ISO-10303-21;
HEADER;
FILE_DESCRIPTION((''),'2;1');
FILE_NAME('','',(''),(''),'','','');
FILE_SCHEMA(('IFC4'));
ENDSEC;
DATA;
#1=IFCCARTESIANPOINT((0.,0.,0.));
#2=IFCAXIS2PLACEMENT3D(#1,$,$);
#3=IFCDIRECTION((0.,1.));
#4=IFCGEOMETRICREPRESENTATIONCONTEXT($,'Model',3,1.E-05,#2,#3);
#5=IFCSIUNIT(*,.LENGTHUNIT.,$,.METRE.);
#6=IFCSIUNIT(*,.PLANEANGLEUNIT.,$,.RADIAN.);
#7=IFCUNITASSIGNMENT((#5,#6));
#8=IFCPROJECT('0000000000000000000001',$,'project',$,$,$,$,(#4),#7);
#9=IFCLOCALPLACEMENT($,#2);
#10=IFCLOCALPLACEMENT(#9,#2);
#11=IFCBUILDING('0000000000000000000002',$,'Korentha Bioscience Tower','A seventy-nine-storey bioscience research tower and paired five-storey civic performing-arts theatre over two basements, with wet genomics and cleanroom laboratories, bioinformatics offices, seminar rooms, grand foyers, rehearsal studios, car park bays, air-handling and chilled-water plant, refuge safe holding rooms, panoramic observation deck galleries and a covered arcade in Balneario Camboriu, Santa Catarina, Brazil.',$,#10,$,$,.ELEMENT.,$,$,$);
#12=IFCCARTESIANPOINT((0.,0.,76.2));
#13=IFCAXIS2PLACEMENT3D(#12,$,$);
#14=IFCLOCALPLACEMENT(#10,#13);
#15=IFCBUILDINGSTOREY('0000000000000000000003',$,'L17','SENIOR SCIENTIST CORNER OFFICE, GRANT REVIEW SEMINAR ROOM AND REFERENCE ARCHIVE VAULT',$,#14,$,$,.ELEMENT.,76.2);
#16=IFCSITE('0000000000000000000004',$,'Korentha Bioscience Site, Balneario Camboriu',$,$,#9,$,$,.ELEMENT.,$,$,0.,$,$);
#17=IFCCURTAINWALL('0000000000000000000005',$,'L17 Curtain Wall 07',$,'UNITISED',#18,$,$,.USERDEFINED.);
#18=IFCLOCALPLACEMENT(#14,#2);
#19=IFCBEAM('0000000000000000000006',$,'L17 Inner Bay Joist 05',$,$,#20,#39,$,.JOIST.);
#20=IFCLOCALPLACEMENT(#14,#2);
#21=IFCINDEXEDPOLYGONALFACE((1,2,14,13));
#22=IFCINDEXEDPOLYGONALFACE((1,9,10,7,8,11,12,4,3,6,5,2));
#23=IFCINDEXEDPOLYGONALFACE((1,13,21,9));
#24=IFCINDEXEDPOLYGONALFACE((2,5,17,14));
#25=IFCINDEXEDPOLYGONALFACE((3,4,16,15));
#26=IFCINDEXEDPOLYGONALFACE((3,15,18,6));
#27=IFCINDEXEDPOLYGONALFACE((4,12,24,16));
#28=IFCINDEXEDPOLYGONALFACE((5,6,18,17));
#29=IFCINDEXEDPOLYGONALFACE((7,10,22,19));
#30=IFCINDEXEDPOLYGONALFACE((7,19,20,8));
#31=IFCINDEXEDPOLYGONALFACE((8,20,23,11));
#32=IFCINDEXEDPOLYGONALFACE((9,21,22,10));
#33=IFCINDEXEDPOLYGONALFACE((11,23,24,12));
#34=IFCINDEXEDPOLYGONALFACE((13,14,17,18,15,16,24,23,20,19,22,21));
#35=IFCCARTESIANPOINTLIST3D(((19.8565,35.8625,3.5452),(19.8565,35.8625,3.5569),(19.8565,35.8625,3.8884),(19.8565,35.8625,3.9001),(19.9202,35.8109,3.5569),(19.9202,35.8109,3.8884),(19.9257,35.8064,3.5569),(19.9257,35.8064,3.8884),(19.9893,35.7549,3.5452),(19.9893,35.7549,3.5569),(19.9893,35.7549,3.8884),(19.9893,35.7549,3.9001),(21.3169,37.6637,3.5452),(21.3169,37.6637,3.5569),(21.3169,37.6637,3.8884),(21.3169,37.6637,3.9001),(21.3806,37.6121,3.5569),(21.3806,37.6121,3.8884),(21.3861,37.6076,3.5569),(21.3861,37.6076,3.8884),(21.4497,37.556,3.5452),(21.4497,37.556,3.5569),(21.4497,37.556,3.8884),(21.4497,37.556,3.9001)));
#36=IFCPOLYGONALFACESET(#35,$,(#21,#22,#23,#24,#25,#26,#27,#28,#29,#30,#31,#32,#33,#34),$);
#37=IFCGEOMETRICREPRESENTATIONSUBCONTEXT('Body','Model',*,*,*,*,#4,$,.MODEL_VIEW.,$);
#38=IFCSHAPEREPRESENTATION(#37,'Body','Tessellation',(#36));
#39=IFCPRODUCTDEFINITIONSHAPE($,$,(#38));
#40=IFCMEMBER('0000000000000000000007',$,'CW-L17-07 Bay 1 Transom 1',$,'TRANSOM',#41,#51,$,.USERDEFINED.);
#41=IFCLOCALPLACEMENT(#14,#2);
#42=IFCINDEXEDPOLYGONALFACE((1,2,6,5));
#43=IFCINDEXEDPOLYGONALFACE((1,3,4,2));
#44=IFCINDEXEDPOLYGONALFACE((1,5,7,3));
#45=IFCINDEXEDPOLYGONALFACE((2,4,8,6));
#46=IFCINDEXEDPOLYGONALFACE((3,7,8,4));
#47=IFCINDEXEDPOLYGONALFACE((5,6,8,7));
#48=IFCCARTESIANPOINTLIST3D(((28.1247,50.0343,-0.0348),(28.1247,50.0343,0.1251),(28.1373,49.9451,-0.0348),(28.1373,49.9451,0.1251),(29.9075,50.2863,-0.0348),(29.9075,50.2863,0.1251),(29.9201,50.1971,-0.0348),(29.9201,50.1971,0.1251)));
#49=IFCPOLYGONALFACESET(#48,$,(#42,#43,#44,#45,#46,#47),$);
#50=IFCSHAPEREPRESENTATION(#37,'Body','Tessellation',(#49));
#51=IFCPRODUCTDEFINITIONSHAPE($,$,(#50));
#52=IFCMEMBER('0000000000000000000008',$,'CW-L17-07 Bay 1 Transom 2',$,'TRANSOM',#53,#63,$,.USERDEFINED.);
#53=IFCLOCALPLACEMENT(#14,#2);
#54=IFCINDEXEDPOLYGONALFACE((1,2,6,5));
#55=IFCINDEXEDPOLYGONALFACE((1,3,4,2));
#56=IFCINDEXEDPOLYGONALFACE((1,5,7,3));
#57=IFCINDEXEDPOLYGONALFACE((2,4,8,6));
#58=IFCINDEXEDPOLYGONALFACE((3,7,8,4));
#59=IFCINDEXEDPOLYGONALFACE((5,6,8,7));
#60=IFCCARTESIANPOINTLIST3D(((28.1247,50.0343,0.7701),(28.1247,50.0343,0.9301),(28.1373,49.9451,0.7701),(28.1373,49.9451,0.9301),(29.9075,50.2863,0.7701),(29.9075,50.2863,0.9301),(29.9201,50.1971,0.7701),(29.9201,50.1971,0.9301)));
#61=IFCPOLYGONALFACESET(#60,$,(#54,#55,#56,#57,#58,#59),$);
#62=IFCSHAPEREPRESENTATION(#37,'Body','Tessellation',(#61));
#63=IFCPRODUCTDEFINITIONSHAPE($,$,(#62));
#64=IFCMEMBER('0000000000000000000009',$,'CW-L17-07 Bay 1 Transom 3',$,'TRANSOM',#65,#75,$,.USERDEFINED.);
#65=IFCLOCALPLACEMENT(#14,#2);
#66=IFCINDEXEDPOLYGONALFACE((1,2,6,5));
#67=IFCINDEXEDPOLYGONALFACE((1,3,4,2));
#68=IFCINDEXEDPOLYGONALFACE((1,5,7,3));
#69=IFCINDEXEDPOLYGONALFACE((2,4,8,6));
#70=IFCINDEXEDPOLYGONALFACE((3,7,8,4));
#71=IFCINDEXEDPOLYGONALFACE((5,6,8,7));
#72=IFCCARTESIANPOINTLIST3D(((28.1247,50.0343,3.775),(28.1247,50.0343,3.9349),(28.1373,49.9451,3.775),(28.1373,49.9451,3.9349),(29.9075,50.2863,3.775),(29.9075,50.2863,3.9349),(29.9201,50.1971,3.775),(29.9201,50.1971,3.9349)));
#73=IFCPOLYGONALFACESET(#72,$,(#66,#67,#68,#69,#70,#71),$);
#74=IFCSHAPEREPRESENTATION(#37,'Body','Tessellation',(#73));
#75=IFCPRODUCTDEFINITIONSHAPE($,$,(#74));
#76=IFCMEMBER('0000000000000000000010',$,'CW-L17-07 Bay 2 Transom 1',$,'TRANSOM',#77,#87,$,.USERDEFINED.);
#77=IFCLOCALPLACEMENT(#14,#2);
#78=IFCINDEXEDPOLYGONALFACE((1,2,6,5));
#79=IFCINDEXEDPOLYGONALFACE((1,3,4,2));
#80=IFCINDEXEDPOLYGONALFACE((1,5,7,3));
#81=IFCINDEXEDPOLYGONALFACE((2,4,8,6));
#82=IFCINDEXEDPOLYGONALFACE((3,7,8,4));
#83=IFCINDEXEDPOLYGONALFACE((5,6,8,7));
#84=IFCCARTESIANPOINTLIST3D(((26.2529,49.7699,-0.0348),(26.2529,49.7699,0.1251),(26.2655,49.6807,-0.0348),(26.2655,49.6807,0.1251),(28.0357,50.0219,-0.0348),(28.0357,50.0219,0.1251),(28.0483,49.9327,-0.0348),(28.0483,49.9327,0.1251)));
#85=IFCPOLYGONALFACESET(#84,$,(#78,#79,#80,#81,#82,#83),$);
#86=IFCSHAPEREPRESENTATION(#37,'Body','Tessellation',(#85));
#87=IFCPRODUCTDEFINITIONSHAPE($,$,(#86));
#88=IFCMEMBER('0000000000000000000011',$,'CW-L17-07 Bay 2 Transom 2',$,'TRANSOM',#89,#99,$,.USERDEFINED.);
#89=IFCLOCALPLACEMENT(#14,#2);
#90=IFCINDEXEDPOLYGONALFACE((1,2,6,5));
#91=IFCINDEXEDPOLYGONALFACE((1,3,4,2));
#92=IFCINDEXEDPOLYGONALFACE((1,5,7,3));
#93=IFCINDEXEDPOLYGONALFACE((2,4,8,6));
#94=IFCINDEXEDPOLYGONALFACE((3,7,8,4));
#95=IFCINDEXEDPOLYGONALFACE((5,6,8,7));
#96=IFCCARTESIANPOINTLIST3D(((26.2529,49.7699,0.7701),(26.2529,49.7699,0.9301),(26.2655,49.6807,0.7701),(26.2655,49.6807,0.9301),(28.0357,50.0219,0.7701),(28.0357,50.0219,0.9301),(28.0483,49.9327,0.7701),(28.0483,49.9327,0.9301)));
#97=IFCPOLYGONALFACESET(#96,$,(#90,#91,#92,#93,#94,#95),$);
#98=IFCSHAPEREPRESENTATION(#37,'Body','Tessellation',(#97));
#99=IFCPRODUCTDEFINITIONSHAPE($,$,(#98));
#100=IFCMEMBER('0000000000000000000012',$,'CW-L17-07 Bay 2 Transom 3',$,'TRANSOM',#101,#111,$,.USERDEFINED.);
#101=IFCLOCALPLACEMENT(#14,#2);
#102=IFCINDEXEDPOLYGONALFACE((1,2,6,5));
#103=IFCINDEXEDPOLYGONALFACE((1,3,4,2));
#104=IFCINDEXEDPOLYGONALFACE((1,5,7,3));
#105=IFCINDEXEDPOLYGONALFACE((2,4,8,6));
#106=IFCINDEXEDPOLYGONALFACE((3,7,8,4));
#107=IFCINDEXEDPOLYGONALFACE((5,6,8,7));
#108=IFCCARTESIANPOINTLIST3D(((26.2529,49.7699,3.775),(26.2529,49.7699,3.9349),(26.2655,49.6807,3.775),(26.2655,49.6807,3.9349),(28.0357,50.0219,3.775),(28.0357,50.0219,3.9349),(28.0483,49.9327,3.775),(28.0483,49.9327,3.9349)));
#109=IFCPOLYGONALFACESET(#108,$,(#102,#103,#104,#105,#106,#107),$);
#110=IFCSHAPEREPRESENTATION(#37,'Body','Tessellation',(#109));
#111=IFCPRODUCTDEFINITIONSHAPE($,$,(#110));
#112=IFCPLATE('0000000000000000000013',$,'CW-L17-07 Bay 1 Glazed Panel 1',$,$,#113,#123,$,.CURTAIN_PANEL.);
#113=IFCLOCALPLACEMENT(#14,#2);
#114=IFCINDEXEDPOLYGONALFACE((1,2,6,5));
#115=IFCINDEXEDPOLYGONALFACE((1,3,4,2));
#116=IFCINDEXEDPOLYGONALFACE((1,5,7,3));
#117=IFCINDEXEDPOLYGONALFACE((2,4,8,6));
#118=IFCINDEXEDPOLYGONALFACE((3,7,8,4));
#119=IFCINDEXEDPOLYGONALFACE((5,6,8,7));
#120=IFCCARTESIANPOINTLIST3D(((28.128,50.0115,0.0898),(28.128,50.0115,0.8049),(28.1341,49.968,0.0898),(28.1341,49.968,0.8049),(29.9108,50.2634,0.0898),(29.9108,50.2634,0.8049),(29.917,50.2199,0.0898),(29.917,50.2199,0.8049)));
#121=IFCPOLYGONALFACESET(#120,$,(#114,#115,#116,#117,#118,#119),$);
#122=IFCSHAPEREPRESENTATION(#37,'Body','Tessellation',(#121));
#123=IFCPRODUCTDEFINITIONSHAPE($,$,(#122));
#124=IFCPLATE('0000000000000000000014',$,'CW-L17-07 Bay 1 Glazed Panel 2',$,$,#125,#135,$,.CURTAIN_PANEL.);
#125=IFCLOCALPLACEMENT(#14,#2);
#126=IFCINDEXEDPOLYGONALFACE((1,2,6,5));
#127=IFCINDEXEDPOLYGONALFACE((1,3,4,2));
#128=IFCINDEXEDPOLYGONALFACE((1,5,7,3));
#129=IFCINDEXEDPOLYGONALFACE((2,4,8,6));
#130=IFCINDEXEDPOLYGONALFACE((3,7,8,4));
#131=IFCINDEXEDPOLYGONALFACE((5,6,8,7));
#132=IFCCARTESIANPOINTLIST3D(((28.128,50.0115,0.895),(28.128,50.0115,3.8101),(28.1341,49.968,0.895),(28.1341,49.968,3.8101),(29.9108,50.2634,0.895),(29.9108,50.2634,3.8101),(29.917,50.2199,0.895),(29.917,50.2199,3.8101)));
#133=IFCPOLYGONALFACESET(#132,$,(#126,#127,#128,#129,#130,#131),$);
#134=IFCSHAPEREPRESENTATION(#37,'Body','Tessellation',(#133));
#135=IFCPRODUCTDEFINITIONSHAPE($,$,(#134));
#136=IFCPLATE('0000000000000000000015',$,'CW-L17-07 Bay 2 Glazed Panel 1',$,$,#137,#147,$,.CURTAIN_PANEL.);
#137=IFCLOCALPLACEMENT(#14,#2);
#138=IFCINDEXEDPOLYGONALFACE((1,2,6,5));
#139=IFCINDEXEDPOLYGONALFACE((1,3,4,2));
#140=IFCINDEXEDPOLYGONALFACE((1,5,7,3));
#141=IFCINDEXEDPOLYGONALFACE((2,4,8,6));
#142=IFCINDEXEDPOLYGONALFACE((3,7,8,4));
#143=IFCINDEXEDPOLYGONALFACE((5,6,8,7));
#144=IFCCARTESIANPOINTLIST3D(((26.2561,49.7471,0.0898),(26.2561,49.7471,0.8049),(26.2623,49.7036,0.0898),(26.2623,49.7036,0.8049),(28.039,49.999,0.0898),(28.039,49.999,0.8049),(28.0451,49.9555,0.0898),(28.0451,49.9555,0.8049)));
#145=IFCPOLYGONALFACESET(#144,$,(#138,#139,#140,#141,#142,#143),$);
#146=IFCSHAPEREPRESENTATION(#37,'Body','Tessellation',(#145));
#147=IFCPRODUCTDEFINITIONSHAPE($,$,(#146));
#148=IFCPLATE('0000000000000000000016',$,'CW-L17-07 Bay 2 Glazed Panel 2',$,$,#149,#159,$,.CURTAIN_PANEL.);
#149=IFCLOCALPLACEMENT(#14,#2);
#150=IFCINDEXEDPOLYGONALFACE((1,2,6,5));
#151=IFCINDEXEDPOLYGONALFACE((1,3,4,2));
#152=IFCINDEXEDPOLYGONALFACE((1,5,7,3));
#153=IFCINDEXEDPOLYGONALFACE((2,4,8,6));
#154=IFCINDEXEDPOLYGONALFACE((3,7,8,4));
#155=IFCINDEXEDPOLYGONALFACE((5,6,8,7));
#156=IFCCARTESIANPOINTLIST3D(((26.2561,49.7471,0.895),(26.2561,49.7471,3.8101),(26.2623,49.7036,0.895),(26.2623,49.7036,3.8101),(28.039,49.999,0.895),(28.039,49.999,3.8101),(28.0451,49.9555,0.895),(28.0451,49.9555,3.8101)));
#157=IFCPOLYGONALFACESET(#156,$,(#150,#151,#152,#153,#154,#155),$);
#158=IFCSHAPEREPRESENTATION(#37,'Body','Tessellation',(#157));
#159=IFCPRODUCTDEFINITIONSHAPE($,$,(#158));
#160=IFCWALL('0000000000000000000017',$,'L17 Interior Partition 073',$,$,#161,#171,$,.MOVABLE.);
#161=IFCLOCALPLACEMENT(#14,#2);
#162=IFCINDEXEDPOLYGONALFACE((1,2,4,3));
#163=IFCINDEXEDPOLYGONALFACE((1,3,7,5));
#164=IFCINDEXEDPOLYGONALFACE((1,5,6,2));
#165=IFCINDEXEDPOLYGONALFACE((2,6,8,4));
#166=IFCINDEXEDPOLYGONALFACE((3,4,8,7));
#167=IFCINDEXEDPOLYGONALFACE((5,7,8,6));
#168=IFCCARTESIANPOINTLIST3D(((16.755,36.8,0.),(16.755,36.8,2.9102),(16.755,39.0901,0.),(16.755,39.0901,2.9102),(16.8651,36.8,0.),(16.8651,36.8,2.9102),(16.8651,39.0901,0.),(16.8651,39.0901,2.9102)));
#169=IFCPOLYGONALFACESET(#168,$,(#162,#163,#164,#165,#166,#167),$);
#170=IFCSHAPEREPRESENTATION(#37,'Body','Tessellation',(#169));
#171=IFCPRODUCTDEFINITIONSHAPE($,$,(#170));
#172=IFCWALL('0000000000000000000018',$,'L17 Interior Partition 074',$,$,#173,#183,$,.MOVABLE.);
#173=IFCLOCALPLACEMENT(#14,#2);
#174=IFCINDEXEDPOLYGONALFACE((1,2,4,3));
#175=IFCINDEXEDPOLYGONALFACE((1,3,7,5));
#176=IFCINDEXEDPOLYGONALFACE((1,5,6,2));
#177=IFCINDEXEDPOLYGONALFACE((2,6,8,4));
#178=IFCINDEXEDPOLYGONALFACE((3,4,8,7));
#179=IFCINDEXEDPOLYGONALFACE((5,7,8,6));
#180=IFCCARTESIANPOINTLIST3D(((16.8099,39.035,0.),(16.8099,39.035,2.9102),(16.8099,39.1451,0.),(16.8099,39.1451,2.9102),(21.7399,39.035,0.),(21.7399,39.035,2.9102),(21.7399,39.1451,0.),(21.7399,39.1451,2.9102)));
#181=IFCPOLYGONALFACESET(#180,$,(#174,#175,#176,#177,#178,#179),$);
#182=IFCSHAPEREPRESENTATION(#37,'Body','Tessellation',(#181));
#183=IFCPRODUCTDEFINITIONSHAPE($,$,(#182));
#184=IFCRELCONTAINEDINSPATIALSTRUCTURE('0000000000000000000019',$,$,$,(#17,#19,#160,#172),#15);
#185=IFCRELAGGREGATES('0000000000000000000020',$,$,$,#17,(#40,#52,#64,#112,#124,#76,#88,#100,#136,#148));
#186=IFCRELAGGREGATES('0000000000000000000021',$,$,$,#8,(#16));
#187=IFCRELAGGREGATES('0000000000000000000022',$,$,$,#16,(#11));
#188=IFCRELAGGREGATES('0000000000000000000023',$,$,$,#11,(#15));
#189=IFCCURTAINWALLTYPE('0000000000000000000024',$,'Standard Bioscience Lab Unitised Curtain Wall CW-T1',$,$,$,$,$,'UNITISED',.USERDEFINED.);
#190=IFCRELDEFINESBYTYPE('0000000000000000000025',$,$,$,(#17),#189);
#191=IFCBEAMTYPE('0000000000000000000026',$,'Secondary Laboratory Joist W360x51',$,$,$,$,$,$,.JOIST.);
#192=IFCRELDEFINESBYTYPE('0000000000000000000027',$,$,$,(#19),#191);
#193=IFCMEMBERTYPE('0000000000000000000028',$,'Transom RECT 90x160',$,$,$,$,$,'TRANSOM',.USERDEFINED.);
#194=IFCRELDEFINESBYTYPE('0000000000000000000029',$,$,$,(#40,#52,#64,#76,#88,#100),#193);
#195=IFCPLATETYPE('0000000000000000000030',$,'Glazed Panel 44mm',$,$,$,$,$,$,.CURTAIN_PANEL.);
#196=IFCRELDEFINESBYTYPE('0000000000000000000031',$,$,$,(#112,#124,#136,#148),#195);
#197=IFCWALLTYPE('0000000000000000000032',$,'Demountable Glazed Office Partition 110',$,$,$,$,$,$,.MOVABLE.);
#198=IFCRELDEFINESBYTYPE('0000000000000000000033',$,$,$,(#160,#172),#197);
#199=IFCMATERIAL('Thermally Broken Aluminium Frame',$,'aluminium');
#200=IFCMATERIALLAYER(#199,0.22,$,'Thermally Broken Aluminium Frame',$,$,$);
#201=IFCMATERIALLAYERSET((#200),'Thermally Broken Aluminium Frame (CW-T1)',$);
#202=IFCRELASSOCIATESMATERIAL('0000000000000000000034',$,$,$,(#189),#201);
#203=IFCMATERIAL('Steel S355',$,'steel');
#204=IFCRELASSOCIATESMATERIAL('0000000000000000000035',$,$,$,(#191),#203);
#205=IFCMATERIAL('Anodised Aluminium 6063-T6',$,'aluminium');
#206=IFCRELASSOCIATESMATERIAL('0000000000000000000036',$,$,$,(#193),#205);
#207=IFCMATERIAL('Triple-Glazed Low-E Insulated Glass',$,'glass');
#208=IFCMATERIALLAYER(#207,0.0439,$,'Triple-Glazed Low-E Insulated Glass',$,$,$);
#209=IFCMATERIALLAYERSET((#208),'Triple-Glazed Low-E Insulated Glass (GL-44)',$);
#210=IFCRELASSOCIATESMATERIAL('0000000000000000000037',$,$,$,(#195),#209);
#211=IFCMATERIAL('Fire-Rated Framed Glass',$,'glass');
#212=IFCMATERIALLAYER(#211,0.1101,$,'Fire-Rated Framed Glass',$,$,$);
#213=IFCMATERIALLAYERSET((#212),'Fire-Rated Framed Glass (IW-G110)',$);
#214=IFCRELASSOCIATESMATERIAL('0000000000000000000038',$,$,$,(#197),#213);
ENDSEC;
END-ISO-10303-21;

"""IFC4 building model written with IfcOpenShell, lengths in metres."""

from ifc_helpers import new_model, si_unit, direction, frame, frame_2d, origin, origin_2d, place, context, subcontext, project, spatial, rectangle, i_section, extrude, material, layer, layer_set, material_profile, profile_set, type_object, element, aggregate, save


model = new_model("IFC4")

# Units and contexts
model_context = context("Model", 3, precision=1e-05, world=origin(), true_north=direction((0.0, 1.0)))
body_context = subcontext(model_context, "Body", "Model", "MODEL_VIEW")
ifc_project = project(units=[si_unit("LENGTHUNIT", "METRE"), si_unit("PLANEANGLEUNIT", "RADIAN")], contexts=[model_context])

# Site, building, storey
site_placement = place(None, origin())
site = spatial("IfcSite", under=ifc_project, at=site_placement, Name="Korentha Bioscience Site, Balneario Camboriu", CompositionType="ELEMENT", RefElevation=0.0)
building_placement = place(site_placement, origin())
building = spatial("IfcBuilding", under=site, at=building_placement, Name="Korentha Bioscience Tower", Description="A seventy-nine-storey bioscience research tower and paired five-storey civic performing-arts theatre over two basements, with wet genomics and cleanroom laboratories, bioinformatics offices, seminar rooms, grand foyers, rehearsal studios, car park bays, air-handling and chilled-water plant, refuge safe holding rooms, panoramic observation deck galleries and a covered arcade in Balneario Camboriu, Santa Catarina, Brazil.", CompositionType="ELEMENT")
storey_placement = place(building_placement, frame((0.0, 0.0, 76.2)))
storey = spatial("IfcBuildingStorey", under=building, at=storey_placement, Name="L17", Description="SENIOR SCIENTIST CORNER OFFICE, GRANT REVIEW SEMINAR ROOM AND REFERENCE ARCHIVE VAULT", CompositionType="ELEMENT", Elevation=76.2)

# Shared definitions
ifc_material_1 = material(Name="Steel S355", Category="steel")

# Curtain wall
ifc_material_2 = material(Name="Thermally Broken Aluminium Frame", Category="aluminium")
ifc_layer_1 = layer(ifc_material_2, 0.22, Name="Thermally Broken Aluminium Frame")
ifc_layer_set_1 = layer_set([ifc_layer_1], Name="Thermally Broken Aluminium Frame (CW-T1)")
curtain_wall_type = type_object("IfcCurtainWallType", Name="Standard Bioscience Lab Unitised Curtain Wall CW-T1", ElementType="UNITISED", PredefinedType="USERDEFINED", material=ifc_layer_set_1)
curtain_wall_placement = place(storey_placement, origin())
curtain_wall = element("IfcCurtainWall", 1, at=curtain_wall_placement, inside=storey, type_object=curtain_wall_type, Name="L17 Curtain Wall 07", ObjectType="UNITISED", PredefinedType="USERDEFINED")
ifc_material_3 = material(Name="Anodised Aluminium 6063-T6", Category="aluminium")

# Beam
ifc_material_profile_1 = material_profile(ifc_material_1, i_section(OverallWidth=0.1709, OverallDepth=0.355, WebThickness=0.0071, FlangeThickness=0.0117, at=origin_2d()), Name="Steel S355")
ifc_profile_set_1 = profile_set([ifc_material_profile_1], Name="Steel S355 (JB-360)")
beam_type_1 = type_object("IfcBeamType", Name="Secondary Laboratory Joist W360x51", PredefinedType="JOIST", material=ifc_profile_set_1)
beam_1_placement = place(storey_placement, frame((21.3833, 37.6099, 3.7227), z_axis=(-0.629792, -0.776764, 0.0), x_axis=(0.776764, -0.629792, 0.0)))
element("IfcBeam", 2, at=beam_1_placement, inside=storey, type_object=beam_type_1, Name="L17 Inner Bay Joist 05", PredefinedType="JOIST", context=body_context, shape_type="SweptSolid", body=[
    extrude(i_section(OverallWidth=0.1709, OverallDepth=0.355, WebThickness=0.0071, FlangeThickness=0.0117, at=origin_2d()), origin(), (0.0, 0.0, 1.0), 2.3188),
])

# Members
ifc_material_profile_2 = material_profile(ifc_material_3, rectangle(XDim=0.0901, YDim=0.1599, at=origin_2d()), Name="Anodised Aluminium 6063-T6")
ifc_profile_set_2 = profile_set([ifc_material_profile_2], Name="Anodised Aluminium 6063-T6 (CW-TRN)")
member_type_1 = type_object("IfcMemberType", Name="Transom RECT 90x160", ElementType="TRANSOM", PredefinedType="USERDEFINED", material=ifc_profile_set_2)
member_1_placement = place(storey_placement, frame((29.9138, 50.2417, 0.0452), z_axis=(-0.99016, -0.13994, 0.0), x_axis=(0.13994, -0.99016, 0.0)))
member_1 = element("IfcMember", 3, at=member_1_placement, type_object=member_type_1, Name="CW-L17-07 Bay 1 Transom 1", ObjectType="TRANSOM", PredefinedType="USERDEFINED", context=body_context, shape_type="SweptSolid", body=[
    extrude(rectangle(XDim=0.0901, YDim=0.1599, at=origin_2d()), origin(), (0.0, 0.0, 1.0), 1.8005),
])
member_2_placement = place(storey_placement, frame((29.9138, 50.2417, 0.8501), z_axis=(-0.99016, -0.13994, 0.0), x_axis=(0.13994, -0.99016, 0.0)))
member_2 = element("IfcMember", 4, at=member_2_placement, type_object=member_type_1, Name="CW-L17-07 Bay 1 Transom 2", ObjectType="TRANSOM", PredefinedType="USERDEFINED", context=body_context, shape_type="SweptSolid", body=[
    extrude(rectangle(XDim=0.0901, YDim=0.1599, at=origin_2d()), origin(), (0.0, 0.0, 1.0), 1.8005),
])
member_3_placement = place(storey_placement, frame((29.9138, 50.2417, 3.855), z_axis=(-0.99016, -0.13994, 0.0), x_axis=(0.13994, -0.99016, 0.0)))
member_3 = element("IfcMember", 5, at=member_3_placement, type_object=member_type_1, Name="CW-L17-07 Bay 1 Transom 3", ObjectType="TRANSOM", PredefinedType="USERDEFINED", context=body_context, shape_type="SweptSolid", body=[
    extrude(rectangle(XDim=0.0901, YDim=0.1599, at=origin_2d()), origin(), (0.0, 0.0, 1.0), 1.8005),
])
member_4_placement = place(storey_placement, frame((28.042, 49.9773, 0.0452), z_axis=(-0.99016, -0.13994, 0.0), x_axis=(0.13994, -0.99016, 0.0)))
member_4 = element("IfcMember", 6, at=member_4_placement, type_object=member_type_1, Name="CW-L17-07 Bay 2 Transom 1", ObjectType="TRANSOM", PredefinedType="USERDEFINED", context=body_context, shape_type="SweptSolid", body=[
    extrude(rectangle(XDim=0.0901, YDim=0.1599, at=origin_2d()), origin(), (0.0, 0.0, 1.0), 1.8005),
])
member_5_placement = place(storey_placement, frame((28.042, 49.9773, 0.8501), z_axis=(-0.99016, -0.13994, 0.0), x_axis=(0.13994, -0.99016, 0.0)))
member_5 = element("IfcMember", 7, at=member_5_placement, type_object=member_type_1, Name="CW-L17-07 Bay 2 Transom 2", ObjectType="TRANSOM", PredefinedType="USERDEFINED", context=body_context, shape_type="SweptSolid", body=[
    extrude(rectangle(XDim=0.0901, YDim=0.1599, at=origin_2d()), origin(), (0.0, 0.0, 1.0), 1.8005),
])
member_6_placement = place(storey_placement, frame((28.042, 49.9773, 3.855), z_axis=(-0.99016, -0.13994, 0.0), x_axis=(0.13994, -0.99016, 0.0)))
member_6 = element("IfcMember", 8, at=member_6_placement, type_object=member_type_1, Name="CW-L17-07 Bay 2 Transom 3", ObjectType="TRANSOM", PredefinedType="USERDEFINED", context=body_context, shape_type="SweptSolid", body=[
    extrude(rectangle(XDim=0.0901, YDim=0.1599, at=origin_2d()), origin(), (0.0, 0.0, 1.0), 1.8005),
])

# Plates
ifc_material_4 = material(Name="Triple-Glazed Low-E Insulated Glass", Category="glass")
ifc_layer_2 = layer(ifc_material_4, 0.0439, Name="Triple-Glazed Low-E Insulated Glass")
ifc_layer_set_2 = layer_set([ifc_layer_2], Name="Triple-Glazed Low-E Insulated Glass (GL-44)")
plate_type = type_object("IfcPlateType", Name="Glazed Panel 44mm", PredefinedType="CURTAIN_PANEL", material=ifc_layer_set_2)
plate_1_placement = place(storey_placement, frame((29.0225, 50.1157, 0.0898), z_axis=(0.0, 0.0, 1.0), x_axis=(-0.990167, -0.139888, 0.0)))
plate_1 = element("IfcPlate", 9, at=plate_1_placement, type_object=plate_type, Name="CW-L17-07 Bay 1 Glazed Panel 1", PredefinedType="CURTAIN_PANEL", context=body_context, shape_type="SweptSolid", body=[
    extrude(rectangle(XDim=1.8005, YDim=0.0439, at=origin_2d()), origin(), (0.0, 0.0, 1.0), 0.7151),
])
plate_2_placement = place(storey_placement, frame((29.0225, 50.1157, 0.895), z_axis=(0.0, 0.0, 1.0), x_axis=(-0.990167, -0.139888, 0.0)))
plate_2 = element("IfcPlate", 10, at=plate_2_placement, type_object=plate_type, Name="CW-L17-07 Bay 1 Glazed Panel 2", PredefinedType="CURTAIN_PANEL", context=body_context, shape_type="SweptSolid", body=[
    extrude(rectangle(XDim=1.8005, YDim=0.0439, at=origin_2d()), origin(), (0.0, 0.0, 1.0), 2.915),
])
plate_3_placement = place(storey_placement, frame((27.1506, 49.8513, 0.0898), z_axis=(0.0, 0.0, 1.0), x_axis=(-0.990167, -0.139888, 0.0)))
plate_3 = element("IfcPlate", 11, at=plate_3_placement, type_object=plate_type, Name="CW-L17-07 Bay 2 Glazed Panel 1", PredefinedType="CURTAIN_PANEL", context=body_context, shape_type="SweptSolid", body=[
    extrude(rectangle(XDim=1.8005, YDim=0.0439, at=origin_2d()), origin(), (0.0, 0.0, 1.0), 0.7151),
])
plate_4_placement = place(storey_placement, frame((27.1506, 49.8513, 0.895), z_axis=(0.0, 0.0, 1.0), x_axis=(-0.990167, -0.139888, 0.0)))
plate_4 = element("IfcPlate", 12, at=plate_4_placement, type_object=plate_type, Name="CW-L17-07 Bay 2 Glazed Panel 2", PredefinedType="CURTAIN_PANEL", context=body_context, shape_type="SweptSolid", body=[
    extrude(rectangle(XDim=1.8005, YDim=0.0439, at=origin_2d()), origin(), (0.0, 0.0, 1.0), 2.915),
])
aggregate(curtain_wall, [member_1, member_2, member_3, plate_1, plate_2, member_4, member_5, member_6, plate_3, plate_4])

# Walls
ifc_material_5 = material(Name="Fire-Rated Framed Glass", Category="glass")
ifc_layer_3 = layer(ifc_material_5, 0.1101, Name="Fire-Rated Framed Glass")
ifc_layer_set_3 = layer_set([ifc_layer_3], Name="Fire-Rated Framed Glass (IW-G110)")
wall_type_1 = type_object("IfcWallType", Name="Demountable Glazed Office Partition 110", PredefinedType="MOVABLE", material=ifc_layer_set_3)
wall_1_placement = place(storey_placement, frame((16.8101, 36.8, 0.0), z_axis=(0.0, 0.0, 1.0), x_axis=(0.0, 1.0, 0.0)))
element("IfcWall", 13, at=wall_1_placement, inside=storey, type_object=wall_type_1, Name="L17 Interior Partition 073", PredefinedType="MOVABLE", context=body_context, shape_type="SweptSolid", body=[
    extrude(rectangle(XDim=2.29, YDim=0.1101, at=frame_2d((1.145, 0.0))), origin(), (0.0, 0.0, 1.0), 2.9102),
])
wall_2_placement = place(storey_placement, frame((16.8101, 39.0901, 0.0), z_axis=(0.0, 0.0, 1.0), x_axis=(1.0, 0.0, 0.0)))
element("IfcWall", 14, at=wall_2_placement, inside=storey, type_object=wall_type_1, Name="L17 Interior Partition 074", PredefinedType="MOVABLE", context=body_context, shape_type="SweptSolid", body=[
    extrude(rectangle(XDim=4.9299, YDim=0.1101, at=frame_2d((2.4648, 0.0))), origin(), (0.0, 0.0, 1.0), 2.9102),
])

save(model, "model.ifc")
